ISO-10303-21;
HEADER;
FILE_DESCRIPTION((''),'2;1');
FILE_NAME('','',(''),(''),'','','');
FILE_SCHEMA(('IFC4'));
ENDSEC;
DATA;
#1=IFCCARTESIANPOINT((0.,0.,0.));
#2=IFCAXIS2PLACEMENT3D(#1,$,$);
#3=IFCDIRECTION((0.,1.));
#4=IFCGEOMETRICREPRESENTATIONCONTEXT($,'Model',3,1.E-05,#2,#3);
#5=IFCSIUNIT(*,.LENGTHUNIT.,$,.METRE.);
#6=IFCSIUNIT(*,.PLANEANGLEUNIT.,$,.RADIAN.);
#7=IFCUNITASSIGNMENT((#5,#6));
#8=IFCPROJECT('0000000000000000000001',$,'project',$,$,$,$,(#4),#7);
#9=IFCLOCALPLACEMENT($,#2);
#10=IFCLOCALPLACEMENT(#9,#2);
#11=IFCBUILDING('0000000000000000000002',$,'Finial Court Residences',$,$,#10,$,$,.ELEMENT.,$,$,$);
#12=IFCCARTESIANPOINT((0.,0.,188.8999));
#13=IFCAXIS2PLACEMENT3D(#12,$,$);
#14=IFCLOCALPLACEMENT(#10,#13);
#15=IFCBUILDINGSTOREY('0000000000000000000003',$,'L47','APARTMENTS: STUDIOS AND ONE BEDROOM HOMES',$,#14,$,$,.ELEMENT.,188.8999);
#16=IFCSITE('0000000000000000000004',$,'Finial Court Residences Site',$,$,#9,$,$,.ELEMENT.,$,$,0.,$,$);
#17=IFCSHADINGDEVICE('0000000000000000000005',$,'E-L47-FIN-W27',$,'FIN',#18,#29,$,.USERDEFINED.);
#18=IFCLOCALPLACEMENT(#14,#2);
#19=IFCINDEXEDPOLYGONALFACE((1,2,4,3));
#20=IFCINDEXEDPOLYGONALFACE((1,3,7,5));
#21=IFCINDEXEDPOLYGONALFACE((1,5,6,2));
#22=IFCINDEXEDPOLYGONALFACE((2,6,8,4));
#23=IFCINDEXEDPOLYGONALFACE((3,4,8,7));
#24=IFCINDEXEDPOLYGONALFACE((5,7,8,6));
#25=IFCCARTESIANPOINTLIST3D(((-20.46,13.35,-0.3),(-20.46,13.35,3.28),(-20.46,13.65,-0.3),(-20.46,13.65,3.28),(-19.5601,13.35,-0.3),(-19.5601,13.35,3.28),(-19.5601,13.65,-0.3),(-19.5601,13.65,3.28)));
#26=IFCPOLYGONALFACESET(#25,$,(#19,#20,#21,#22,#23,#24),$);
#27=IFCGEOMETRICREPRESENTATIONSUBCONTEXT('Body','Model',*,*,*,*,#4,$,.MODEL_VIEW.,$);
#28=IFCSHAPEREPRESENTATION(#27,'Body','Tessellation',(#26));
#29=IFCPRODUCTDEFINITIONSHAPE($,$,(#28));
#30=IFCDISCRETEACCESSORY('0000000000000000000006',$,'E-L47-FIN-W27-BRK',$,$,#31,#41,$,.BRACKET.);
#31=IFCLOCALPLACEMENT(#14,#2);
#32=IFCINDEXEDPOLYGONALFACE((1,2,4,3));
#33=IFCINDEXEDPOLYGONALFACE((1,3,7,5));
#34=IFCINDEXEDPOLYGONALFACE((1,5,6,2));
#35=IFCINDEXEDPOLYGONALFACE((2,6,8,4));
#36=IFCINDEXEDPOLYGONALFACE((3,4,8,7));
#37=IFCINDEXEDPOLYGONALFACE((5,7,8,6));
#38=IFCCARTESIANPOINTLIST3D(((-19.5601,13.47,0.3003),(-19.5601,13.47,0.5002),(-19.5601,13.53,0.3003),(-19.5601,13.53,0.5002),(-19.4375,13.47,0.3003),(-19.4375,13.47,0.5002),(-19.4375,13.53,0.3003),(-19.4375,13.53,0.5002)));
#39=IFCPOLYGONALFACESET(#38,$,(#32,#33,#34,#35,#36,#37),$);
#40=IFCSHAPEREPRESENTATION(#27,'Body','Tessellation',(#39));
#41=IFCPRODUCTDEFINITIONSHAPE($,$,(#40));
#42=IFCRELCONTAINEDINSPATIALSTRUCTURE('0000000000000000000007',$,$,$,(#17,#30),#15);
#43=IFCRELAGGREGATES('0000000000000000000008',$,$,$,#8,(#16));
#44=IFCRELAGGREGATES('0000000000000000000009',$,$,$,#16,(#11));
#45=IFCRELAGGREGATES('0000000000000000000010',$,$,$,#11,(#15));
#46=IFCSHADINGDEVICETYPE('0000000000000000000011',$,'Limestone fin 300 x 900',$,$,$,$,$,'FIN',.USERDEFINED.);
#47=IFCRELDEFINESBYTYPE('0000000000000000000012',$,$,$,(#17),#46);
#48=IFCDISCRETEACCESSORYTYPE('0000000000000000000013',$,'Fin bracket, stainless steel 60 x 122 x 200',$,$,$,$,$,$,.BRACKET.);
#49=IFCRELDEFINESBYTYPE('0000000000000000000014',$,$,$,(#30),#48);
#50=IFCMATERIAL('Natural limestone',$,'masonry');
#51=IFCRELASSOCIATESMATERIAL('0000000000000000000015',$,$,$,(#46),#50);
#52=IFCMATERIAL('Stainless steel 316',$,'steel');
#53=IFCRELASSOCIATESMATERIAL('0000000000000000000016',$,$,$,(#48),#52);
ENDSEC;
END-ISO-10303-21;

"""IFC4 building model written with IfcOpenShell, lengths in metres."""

from ifc_helpers import new_model, si_unit, direction, frame, origin, origin_2d, place, context, subcontext, project, spatial, rectangle, extrude, material, type_object, element, save


model = new_model("IFC4")

# Units and contexts
model_context = context("Model", 3, precision=1e-05, world=origin(), true_north=direction((0.0, 1.0)))
body_context = subcontext(model_context, "Body", "Model", "MODEL_VIEW")
ifc_project = project(units=[si_unit("LENGTHUNIT", "METRE"), si_unit("PLANEANGLEUNIT", "RADIAN")], contexts=[model_context])

# Site, building, storey
site_placement = place(None, origin())
site = spatial("IfcSite", under=ifc_project, at=site_placement, Name="Finial Court Residences Site", CompositionType="ELEMENT", RefElevation=0.0)
building_placement = place(site_placement, origin())
building = spatial("IfcBuilding", under=site, at=building_placement, Name="Finial Court Residences", CompositionType="ELEMENT")
storey_placement = place(building_placement, frame((0.0, 0.0, 188.8999)))
storey = spatial("IfcBuildingStorey", under=building, at=storey_placement, Name="L47", Description="APARTMENTS: STUDIOS AND ONE BEDROOM HOMES", CompositionType="ELEMENT", Elevation=188.8999)

# Shading device
ifc_material_1 = material(Name="Natural limestone", Category="masonry")
shading_device_type = type_object("IfcShadingDeviceType", Name="Limestone fin 300 x 900", ElementType="FIN", PredefinedType="USERDEFINED", material=ifc_material_1)
for number, where, z_axis, x_axis, name in (
    (1, (-20.01, 13.5, -0.3), (0.0, 0.0, 1.0), (1.0, 0.0, 0.0), "E-L47-FIN-W27"),
):
    element("IfcShadingDevice", number, at=place(storey_placement, frame(where, z_axis=z_axis, x_axis=x_axis)), inside=storey, type_object=shading_device_type, Name=name, ObjectType="FIN", PredefinedType="USERDEFINED", context=body_context, shape_type="SweptSolid", body=[
        extrude(rectangle(XDim=0.8999, YDim=0.3, at=origin_2d()), origin(), (0.0, 0.0, 1.0), 3.5801),
    ])

# Discrete accessory
ifc_material_2 = material(Name="Stainless steel 316", Category="steel")
discrete_accessory_type = type_object("IfcDiscreteAccessoryType", Name="Fin bracket, stainless steel 60 x 122 x 200", PredefinedType="BRACKET", material=ifc_material_2)
discrete_accessory_placement = place(storey_placement, frame((-19.4988, 13.5, 0.3003), z_axis=(0.0, 0.0, 1.0), x_axis=(1.0, 0.0, 0.0)))
element("IfcDiscreteAccessory", 2, at=discrete_accessory_placement, inside=storey, type_object=discrete_accessory_type, Name="E-L47-FIN-W27-BRK", PredefinedType="BRACKET", context=body_context, shape_type="SweptSolid", body=[
    extrude(rectangle(XDim=0.1226, YDim=0.0601, at=origin_2d()), origin(), (0.0, 0.0, 1.0), 0.2),
])

save(model, "model.ifc")
